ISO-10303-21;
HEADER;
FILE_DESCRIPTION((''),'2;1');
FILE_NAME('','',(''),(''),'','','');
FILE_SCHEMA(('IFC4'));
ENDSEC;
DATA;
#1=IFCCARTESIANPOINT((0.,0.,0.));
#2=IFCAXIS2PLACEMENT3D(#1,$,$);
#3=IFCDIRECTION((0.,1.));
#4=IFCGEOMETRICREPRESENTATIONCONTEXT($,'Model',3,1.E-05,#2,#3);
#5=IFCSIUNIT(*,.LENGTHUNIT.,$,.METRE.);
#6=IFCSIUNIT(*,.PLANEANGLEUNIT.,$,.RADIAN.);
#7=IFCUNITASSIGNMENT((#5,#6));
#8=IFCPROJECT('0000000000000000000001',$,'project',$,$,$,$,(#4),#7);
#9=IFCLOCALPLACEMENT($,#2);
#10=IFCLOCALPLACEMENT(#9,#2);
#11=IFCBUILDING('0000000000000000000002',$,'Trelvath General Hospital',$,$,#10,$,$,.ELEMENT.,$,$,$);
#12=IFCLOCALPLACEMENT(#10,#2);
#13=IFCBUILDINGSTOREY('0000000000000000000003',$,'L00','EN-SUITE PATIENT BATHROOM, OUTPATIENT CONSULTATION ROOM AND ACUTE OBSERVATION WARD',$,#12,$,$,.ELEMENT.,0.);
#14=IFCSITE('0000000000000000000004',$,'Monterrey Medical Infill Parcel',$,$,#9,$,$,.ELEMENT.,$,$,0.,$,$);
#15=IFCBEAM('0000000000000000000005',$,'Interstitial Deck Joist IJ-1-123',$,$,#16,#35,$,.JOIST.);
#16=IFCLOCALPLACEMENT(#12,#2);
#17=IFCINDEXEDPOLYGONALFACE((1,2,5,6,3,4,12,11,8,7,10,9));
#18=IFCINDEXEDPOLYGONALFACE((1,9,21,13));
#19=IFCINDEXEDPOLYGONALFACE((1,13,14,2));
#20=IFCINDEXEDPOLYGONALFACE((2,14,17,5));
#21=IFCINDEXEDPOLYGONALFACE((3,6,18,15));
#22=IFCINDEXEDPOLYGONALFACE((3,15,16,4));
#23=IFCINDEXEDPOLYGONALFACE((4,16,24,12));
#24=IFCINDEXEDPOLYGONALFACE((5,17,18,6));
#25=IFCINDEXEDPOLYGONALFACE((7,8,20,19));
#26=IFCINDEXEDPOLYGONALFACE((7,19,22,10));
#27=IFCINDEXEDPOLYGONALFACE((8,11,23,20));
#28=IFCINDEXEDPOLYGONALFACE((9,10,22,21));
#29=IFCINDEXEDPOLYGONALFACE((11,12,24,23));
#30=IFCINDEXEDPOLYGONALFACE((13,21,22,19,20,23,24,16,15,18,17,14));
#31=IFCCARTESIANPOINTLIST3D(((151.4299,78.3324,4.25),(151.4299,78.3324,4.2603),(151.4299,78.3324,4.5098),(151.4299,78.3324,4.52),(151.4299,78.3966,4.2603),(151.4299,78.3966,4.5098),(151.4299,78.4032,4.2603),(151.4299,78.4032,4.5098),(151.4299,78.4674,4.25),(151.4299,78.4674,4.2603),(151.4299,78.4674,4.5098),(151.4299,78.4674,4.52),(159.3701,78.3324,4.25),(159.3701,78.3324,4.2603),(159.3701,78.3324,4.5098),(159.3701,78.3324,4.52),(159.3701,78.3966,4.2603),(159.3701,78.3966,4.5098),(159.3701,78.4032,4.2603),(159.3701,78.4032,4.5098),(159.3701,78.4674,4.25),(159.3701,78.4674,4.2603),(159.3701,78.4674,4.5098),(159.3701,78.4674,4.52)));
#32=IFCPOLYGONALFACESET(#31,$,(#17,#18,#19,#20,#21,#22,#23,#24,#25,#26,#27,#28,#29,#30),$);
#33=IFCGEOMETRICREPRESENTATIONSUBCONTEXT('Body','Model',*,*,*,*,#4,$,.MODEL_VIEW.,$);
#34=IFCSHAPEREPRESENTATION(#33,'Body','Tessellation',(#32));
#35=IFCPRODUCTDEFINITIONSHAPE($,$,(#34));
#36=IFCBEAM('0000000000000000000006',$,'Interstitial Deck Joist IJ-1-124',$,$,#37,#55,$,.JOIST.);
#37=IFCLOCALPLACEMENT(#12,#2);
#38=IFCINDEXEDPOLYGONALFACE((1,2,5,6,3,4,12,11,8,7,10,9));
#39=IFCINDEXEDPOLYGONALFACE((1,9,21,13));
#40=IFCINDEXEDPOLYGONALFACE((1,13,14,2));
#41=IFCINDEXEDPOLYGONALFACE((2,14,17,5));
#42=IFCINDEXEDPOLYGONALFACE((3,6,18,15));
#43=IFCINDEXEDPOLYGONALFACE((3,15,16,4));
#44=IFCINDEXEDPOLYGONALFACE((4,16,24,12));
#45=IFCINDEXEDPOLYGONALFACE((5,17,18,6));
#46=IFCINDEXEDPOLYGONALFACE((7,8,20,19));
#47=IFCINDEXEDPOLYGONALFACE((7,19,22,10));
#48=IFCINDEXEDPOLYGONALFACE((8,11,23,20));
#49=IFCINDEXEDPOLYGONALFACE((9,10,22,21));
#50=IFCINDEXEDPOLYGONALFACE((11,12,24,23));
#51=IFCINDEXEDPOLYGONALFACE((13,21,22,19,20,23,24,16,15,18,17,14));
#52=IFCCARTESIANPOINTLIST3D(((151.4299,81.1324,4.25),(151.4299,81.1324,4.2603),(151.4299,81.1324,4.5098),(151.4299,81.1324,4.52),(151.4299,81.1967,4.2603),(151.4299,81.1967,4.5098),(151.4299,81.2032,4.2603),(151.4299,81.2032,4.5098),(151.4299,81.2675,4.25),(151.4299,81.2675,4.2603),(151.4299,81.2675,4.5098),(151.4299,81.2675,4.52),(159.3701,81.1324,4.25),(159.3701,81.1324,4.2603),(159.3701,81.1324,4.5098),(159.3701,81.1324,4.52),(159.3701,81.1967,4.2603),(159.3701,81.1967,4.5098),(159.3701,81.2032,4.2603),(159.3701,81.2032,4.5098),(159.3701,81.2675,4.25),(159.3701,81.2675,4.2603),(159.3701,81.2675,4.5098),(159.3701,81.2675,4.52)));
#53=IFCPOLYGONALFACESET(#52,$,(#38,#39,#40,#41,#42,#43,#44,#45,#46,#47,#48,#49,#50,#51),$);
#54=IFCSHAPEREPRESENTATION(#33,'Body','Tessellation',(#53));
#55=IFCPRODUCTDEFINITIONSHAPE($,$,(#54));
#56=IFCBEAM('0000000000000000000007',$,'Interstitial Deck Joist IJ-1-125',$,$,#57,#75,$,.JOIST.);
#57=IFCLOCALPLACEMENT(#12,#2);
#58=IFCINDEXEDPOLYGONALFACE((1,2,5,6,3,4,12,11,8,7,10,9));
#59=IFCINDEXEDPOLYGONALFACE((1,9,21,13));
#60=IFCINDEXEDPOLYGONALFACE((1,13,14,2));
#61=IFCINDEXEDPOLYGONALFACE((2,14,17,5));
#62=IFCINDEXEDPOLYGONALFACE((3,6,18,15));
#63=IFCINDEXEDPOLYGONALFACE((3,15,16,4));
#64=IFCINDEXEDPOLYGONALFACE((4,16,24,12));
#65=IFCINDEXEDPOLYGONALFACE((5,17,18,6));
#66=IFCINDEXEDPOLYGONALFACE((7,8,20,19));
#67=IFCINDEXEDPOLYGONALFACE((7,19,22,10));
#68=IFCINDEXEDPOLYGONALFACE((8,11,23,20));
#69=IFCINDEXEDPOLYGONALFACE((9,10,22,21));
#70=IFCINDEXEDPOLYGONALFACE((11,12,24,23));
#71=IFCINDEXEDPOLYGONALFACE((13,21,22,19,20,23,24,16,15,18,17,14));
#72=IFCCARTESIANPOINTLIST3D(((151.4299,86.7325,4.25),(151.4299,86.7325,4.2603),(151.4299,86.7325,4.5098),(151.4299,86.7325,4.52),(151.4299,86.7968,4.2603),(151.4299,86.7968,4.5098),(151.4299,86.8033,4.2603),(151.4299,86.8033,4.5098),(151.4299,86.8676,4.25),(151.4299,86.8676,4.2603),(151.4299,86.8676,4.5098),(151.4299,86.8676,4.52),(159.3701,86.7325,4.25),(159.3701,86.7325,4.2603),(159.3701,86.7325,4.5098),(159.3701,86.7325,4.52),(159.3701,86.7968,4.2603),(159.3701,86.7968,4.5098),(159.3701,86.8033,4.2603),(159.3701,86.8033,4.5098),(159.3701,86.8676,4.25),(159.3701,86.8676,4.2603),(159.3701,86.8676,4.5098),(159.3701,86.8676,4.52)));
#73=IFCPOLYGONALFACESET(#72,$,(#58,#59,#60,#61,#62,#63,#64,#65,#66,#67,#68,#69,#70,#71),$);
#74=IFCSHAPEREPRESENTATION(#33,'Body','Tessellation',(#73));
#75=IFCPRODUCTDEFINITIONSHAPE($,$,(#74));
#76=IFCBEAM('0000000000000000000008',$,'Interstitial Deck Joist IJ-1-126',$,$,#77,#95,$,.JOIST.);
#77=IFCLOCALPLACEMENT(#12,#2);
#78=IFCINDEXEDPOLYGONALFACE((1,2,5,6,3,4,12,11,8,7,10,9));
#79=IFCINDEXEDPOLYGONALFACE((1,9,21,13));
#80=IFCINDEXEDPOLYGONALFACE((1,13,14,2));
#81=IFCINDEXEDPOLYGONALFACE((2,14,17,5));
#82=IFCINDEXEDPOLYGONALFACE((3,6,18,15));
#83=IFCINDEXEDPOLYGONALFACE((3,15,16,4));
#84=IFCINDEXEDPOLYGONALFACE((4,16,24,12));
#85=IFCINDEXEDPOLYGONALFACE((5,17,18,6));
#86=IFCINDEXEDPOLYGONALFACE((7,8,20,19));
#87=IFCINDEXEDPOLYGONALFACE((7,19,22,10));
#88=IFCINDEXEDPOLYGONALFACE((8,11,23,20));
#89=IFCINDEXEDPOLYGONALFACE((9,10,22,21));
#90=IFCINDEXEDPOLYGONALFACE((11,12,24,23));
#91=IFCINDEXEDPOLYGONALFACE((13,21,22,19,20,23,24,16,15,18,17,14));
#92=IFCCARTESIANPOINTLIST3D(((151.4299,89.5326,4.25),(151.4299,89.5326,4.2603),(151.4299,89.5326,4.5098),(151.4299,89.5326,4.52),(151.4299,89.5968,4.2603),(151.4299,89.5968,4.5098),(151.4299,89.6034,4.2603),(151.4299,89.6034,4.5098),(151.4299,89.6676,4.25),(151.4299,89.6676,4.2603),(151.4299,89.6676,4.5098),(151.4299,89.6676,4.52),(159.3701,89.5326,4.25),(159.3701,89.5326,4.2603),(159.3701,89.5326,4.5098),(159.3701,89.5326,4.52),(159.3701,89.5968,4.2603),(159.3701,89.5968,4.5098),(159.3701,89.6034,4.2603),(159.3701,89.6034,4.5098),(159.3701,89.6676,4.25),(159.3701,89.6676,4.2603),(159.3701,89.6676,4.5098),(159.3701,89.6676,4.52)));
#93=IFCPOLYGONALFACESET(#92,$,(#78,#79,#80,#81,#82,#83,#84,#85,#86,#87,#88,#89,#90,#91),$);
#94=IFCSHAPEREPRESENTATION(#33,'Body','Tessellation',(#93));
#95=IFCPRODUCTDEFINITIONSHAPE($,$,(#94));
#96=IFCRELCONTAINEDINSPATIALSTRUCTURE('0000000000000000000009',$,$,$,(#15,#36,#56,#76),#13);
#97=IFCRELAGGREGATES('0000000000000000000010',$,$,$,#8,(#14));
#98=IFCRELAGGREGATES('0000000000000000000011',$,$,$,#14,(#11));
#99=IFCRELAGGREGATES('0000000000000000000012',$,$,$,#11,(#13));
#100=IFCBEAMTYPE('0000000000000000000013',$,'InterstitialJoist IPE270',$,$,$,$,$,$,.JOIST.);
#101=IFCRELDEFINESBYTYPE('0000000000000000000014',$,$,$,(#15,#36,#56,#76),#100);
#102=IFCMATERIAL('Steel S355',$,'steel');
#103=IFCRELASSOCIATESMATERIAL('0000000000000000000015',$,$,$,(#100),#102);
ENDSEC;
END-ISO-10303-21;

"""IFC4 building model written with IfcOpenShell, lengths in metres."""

from ifc_helpers import new_model, si_unit, direction, frame, origin, origin_2d, place, context, subcontext, project, spatial, i_section, extrude, material, material_profile, profile_set, type_object, element, save


model = new_model("IFC4")

# Units and contexts
model_context = context("Model", 3, precision=1e-05, world=origin(), true_north=direction((0.0, 1.0)))
body_context = subcontext(model_context, "Body", "Model", "MODEL_VIEW")
ifc_project = project(units=[si_unit("LENGTHUNIT", "METRE"), si_unit("PLANEANGLEUNIT", "RADIAN")], contexts=[model_context])

# Site, building, storey
site_placement = place(None, origin())
site = spatial("IfcSite", under=ifc_project, at=site_placement, Name="Monterrey Medical Infill Parcel", CompositionType="ELEMENT", RefElevation=0.0)
building_placement = place(site_placement, origin())
building = spatial("IfcBuilding", under=site, at=building_placement, Name="Trelvath General Hospital", CompositionType="ELEMENT")
storey_placement = place(building_placement, origin())
storey = spatial("IfcBuildingStorey", under=building, at=storey_placement, Name="L00", Description="EN-SUITE PATIENT BATHROOM, OUTPATIENT CONSULTATION ROOM AND ACUTE OBSERVATION WARD", CompositionType="ELEMENT", Elevation=0.0)

# Beams
ifc_material_1 = material(Name="Steel S355", Category="steel")
ifc_material_profile_1 = material_profile(ifc_material_1, i_section(OverallWidth=0.135, OverallDepth=0.27, WebThickness=0.0066, FlangeThickness=0.0103, at=origin_2d()), Name="IPE270")
ifc_profile_set_1 = profile_set([ifc_material_profile_1], Name="Steel S355")
beam_type_1 = type_object("IfcBeamType", Name="InterstitialJoist IPE270", PredefinedType="JOIST", material=ifc_profile_set_1)
for number, where, z_axis, x_axis, name in (
    (1, (151.4299, 78.3999, 4.385), (1.0, 0.0, 0.0), (0.0, 1.0, 0.0), "Interstitial Deck Joist IJ-1-123"),
    (2, (151.4299, 81.2, 4.385), (1.0, 0.0, 0.0), (0.0, 1.0, 0.0), "Interstitial Deck Joist IJ-1-124"),
    (3, (151.4299, 86.8, 4.385), (1.0, 0.0, 0.0), (0.0, 1.0, 0.0), "Interstitial Deck Joist IJ-1-125"),
    (4, (151.4299, 89.6001, 4.385), (1.0, 0.0, 0.0), (0.0, 1.0, 0.0), "Interstitial Deck Joist IJ-1-126"),
):
    element("IfcBeam", number, at=place(storey_placement, frame(where, z_axis=z_axis, x_axis=x_axis)), inside=storey, type_object=beam_type_1, Name=name, PredefinedType="JOIST", context=body_context, shape_type="SweptSolid", body=[
        extrude(i_section(OverallWidth=0.135, OverallDepth=0.27, WebThickness=0.0066, FlangeThickness=0.0103, at=origin_2d()), origin(), (0.0, 0.0, 1.0), 7.9402),
    ])

save(model, "model.ifc")
